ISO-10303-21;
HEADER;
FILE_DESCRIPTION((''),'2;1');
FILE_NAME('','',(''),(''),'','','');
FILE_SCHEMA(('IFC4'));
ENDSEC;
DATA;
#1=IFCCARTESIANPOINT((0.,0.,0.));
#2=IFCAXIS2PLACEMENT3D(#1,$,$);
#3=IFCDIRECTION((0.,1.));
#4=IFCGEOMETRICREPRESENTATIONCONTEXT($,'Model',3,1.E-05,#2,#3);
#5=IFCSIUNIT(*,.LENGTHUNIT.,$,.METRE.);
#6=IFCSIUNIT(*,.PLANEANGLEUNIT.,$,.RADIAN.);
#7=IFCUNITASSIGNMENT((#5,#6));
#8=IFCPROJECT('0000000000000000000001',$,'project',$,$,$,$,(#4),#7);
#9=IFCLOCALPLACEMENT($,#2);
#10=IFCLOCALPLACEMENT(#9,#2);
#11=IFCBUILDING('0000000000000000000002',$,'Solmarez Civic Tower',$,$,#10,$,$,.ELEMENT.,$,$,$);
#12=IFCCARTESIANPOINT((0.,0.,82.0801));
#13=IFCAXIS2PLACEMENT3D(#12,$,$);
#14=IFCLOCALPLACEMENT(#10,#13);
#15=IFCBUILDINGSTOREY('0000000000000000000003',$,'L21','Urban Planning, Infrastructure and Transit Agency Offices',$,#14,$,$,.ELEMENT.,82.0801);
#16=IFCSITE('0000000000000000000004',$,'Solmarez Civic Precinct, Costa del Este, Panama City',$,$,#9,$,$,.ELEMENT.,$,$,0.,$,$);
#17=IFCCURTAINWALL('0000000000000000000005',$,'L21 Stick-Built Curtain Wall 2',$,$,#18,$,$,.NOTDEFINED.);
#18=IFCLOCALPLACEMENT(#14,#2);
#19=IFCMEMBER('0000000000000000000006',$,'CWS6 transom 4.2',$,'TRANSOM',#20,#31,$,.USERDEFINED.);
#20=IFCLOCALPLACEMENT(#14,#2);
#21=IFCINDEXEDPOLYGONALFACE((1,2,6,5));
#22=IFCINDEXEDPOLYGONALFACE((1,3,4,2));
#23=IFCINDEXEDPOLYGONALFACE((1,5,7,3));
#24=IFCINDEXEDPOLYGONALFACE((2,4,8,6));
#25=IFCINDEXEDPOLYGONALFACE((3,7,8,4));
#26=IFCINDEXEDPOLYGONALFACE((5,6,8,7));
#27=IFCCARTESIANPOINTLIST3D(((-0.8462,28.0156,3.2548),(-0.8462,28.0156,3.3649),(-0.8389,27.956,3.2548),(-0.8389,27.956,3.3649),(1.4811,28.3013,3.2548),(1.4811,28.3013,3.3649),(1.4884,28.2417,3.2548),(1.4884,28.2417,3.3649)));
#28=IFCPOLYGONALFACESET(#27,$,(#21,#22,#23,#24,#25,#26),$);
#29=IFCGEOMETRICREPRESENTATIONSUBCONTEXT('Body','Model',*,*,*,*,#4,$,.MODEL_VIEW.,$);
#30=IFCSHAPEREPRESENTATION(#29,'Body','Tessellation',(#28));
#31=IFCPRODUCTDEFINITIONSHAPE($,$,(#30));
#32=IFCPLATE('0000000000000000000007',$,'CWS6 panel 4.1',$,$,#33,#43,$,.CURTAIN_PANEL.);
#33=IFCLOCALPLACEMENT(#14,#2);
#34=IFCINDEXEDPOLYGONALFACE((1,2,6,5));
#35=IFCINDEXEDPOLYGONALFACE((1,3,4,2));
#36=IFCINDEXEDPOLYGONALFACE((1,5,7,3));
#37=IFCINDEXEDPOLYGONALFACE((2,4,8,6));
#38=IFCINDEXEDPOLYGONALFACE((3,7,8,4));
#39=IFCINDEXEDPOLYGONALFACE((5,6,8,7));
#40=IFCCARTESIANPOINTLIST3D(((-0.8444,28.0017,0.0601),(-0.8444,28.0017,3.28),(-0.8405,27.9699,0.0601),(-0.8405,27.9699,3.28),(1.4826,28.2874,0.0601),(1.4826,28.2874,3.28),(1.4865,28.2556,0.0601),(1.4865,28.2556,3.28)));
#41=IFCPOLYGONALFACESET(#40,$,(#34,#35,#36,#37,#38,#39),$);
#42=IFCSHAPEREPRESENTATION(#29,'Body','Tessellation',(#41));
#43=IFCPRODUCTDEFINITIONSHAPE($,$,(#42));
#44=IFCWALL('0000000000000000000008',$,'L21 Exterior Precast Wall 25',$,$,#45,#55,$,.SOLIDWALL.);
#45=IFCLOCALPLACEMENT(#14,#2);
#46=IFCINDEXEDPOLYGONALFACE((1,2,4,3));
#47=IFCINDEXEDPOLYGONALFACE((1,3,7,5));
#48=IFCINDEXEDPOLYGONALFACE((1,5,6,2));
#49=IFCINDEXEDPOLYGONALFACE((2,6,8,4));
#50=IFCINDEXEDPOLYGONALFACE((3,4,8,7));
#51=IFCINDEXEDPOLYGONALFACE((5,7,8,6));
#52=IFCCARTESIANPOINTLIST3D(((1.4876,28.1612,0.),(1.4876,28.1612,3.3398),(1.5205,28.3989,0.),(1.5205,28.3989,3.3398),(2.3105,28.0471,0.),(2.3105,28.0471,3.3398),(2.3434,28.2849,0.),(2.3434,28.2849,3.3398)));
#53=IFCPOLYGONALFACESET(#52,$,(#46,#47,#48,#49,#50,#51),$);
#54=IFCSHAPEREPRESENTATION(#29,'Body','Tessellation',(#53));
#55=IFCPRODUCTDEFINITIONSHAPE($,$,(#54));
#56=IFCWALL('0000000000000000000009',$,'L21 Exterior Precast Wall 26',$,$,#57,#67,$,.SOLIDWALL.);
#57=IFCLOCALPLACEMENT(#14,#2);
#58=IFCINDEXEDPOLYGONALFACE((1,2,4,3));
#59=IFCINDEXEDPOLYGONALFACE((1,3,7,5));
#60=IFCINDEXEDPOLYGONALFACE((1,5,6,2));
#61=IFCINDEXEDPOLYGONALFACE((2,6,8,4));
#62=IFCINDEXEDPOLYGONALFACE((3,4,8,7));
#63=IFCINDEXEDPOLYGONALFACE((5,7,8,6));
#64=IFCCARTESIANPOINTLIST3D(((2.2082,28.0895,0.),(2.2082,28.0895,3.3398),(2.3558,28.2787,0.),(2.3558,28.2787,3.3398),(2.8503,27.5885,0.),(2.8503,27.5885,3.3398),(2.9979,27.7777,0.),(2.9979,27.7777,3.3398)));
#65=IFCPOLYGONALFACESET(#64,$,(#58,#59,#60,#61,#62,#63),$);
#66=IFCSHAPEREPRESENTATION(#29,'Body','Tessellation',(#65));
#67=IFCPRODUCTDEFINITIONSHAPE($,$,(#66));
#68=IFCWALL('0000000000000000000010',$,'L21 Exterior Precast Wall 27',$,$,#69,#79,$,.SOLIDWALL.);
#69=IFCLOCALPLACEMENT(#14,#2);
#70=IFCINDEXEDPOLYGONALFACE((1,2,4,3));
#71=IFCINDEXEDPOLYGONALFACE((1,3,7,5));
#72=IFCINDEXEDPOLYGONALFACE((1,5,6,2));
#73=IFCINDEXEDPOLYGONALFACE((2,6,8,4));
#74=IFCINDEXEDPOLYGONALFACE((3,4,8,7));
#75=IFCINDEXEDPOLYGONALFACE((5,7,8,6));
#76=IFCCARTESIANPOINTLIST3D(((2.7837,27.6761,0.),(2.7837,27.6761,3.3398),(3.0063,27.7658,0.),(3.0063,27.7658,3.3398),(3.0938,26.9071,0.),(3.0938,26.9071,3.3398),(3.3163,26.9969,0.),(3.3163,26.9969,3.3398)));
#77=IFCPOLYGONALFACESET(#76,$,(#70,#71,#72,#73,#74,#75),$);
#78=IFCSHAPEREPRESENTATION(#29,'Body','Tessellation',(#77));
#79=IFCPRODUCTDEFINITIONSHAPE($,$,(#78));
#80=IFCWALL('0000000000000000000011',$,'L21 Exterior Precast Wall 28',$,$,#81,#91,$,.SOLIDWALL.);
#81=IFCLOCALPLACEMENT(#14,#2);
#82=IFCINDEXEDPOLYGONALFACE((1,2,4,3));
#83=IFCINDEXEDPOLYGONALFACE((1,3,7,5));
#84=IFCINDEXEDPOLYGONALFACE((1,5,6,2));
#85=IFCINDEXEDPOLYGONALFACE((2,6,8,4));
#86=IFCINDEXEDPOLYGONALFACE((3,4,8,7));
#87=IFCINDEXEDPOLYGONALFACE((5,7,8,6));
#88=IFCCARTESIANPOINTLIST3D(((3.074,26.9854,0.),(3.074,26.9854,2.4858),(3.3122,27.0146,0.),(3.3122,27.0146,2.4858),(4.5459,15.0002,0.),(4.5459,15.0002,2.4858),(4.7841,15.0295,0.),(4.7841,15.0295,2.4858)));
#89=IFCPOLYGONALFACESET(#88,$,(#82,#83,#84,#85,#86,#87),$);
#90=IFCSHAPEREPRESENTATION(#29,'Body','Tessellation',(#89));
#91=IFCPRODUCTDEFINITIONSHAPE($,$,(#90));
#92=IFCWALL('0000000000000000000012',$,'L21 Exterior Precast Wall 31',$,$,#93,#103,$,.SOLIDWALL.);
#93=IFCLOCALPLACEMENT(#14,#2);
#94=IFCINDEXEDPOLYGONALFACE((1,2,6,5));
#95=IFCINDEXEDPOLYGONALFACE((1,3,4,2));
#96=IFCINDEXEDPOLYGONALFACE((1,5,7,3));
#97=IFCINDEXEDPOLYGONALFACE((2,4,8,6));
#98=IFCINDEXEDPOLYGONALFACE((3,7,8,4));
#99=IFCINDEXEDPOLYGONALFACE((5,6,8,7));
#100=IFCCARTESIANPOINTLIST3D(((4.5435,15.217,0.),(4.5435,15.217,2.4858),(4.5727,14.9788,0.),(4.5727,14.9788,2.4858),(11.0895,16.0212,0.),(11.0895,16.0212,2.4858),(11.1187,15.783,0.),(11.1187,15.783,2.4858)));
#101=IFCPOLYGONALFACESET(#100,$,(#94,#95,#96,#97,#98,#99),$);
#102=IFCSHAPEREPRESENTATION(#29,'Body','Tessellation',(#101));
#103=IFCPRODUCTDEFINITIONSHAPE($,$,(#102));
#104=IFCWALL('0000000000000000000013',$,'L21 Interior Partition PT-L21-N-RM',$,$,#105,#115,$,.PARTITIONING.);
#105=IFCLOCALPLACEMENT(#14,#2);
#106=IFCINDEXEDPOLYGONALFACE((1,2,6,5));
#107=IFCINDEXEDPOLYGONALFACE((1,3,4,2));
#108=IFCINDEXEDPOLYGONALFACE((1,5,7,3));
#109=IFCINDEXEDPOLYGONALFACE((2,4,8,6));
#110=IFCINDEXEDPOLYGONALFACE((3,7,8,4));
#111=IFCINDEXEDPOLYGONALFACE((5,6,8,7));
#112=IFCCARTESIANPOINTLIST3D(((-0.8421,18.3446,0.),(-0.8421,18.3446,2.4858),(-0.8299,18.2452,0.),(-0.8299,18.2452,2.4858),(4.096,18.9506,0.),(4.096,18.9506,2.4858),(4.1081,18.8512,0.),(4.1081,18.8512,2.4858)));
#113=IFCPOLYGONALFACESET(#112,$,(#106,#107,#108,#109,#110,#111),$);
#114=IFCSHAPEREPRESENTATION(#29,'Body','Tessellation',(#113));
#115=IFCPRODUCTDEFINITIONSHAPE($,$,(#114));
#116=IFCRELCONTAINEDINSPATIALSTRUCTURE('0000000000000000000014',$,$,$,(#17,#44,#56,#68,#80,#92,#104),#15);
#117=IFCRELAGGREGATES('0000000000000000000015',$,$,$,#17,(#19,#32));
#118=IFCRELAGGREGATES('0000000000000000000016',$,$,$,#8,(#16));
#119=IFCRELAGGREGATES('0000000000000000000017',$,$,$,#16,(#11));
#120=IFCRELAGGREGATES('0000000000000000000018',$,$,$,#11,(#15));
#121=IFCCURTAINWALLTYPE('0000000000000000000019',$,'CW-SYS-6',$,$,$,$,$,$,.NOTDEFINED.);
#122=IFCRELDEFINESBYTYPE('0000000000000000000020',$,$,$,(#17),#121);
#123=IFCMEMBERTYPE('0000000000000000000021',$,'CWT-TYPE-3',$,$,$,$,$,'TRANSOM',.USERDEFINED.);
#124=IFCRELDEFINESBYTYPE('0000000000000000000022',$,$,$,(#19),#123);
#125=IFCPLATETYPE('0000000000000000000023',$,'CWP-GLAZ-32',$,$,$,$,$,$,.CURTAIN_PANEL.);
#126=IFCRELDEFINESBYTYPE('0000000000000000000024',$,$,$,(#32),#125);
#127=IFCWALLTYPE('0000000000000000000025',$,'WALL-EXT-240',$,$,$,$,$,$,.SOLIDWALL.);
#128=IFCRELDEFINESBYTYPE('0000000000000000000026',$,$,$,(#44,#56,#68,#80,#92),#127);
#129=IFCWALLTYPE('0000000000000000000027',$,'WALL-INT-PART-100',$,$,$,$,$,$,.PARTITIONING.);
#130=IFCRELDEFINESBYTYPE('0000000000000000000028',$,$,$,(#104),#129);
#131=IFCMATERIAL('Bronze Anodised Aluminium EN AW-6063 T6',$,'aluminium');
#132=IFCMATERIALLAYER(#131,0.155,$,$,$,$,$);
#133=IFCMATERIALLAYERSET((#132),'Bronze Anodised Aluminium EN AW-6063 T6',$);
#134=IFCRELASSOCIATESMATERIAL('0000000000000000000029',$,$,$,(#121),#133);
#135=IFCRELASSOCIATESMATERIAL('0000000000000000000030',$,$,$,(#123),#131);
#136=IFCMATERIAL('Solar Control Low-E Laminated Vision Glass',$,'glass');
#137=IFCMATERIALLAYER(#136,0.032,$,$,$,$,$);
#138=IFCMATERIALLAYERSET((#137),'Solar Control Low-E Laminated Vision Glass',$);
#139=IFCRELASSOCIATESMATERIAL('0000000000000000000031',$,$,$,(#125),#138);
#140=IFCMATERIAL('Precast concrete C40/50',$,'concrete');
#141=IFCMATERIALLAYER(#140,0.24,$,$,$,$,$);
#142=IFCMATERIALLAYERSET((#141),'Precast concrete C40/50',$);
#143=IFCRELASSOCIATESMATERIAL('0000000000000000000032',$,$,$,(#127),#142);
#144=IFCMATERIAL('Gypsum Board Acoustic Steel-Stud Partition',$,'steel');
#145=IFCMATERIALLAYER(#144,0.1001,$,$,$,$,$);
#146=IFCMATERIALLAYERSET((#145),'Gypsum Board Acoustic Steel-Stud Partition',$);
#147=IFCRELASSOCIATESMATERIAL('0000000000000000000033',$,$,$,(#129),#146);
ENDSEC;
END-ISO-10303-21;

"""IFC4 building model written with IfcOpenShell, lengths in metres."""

from ifc_helpers import new_model, si_unit, direction, frame, frame_2d, origin, origin_2d, place, context, subcontext, project, spatial, rectangle, extrude, material, layer, layer_set, material_profile, profile_set, type_object, element, aggregate, save


model = new_model("IFC4")

# Units and contexts
model_context = context("Model", 3, precision=1e-05, world=origin(), true_north=direction((0.0, 1.0)))
body_context = subcontext(model_context, "Body", "Model", "MODEL_VIEW")
ifc_project = project(units=[si_unit("LENGTHUNIT", "METRE"), si_unit("PLANEANGLEUNIT", "RADIAN")], contexts=[model_context])

# Site, building, storey
site_placement = place(None, origin())
site = spatial("IfcSite", under=ifc_project, at=site_placement, Name="Solmarez Civic Precinct, Costa del Este, Panama City", CompositionType="ELEMENT", RefElevation=0.0)
building_placement = place(site_placement, origin())
building = spatial("IfcBuilding", under=site, at=building_placement, Name="Solmarez Civic Tower", CompositionType="ELEMENT")
storey_placement = place(building_placement, frame((0.0, 0.0, 82.0801)))
storey = spatial("IfcBuildingStorey", under=building, at=storey_placement, Name="L21", Description="Urban Planning, Infrastructure and Transit Agency Offices", CompositionType="ELEMENT", Elevation=82.0801)

# Curtain wall, member, plate
ifc_material_1 = material(Name="Bronze Anodised Aluminium EN AW-6063 T6", Category="aluminium")
ifc_layer_1 = layer(ifc_material_1, 0.155)
ifc_layer_set_1 = layer_set([ifc_layer_1], Name="Bronze Anodised Aluminium EN AW-6063 T6")
curtain_wall_type = type_object("IfcCurtainWallType", Name="CW-SYS-6", PredefinedType="NOTDEFINED", material=ifc_layer_set_1)
curtain_wall_placement = place(storey_placement, origin())
curtain_wall = element("IfcCurtainWall", 1, at=curtain_wall_placement, inside=storey, type_object=curtain_wall_type, Name="L21 Stick-Built Curtain Wall 2", PredefinedType="NOTDEFINED")
ifc_material_profile_1 = material_profile(ifc_material_1, rectangle(XDim=0.0601, YDim=0.1101, at=origin_2d()), Name="CWT-60X110")
ifc_profile_set_1 = profile_set([ifc_material_profile_1], Name="Bronze Anodised Aluminium EN AW-6063 T6")
member_type_1 = type_object("IfcMemberType", Name="CWT-TYPE-3", ElementType="TRANSOM", PredefinedType="USERDEFINED", material=ifc_profile_set_1)
member_1_placement = place(storey_placement, frame((-0.8425, 27.9858, 3.3098), z_axis=(0.992551, 0.12183, 0.0), x_axis=(-0.12183, 0.992551, 0.0)))
member_1 = element("IfcMember", 2, at=member_1_placement, type_object=member_type_1, Name="CWS6 transom 4.2", ObjectType="TRANSOM", PredefinedType="USERDEFINED", context=body_context, shape_type="SweptSolid", body=[
    extrude(rectangle(XDim=0.0601, YDim=0.1101, at=origin_2d()), origin(), (0.0, 0.0, 1.0), 2.3447),
])
ifc_material_2 = material(Name="Solar Control Low-E Laminated Vision Glass", Category="glass")
ifc_layer_2 = layer(ifc_material_2, 0.032)
ifc_layer_set_2 = layer_set([ifc_layer_2], Name="Solar Control Low-E Laminated Vision Glass")
plate_type = type_object("IfcPlateType", Name="CWP-GLAZ-32", PredefinedType="CURTAIN_PANEL", material=ifc_layer_set_2)
plate_placement = place(storey_placement, frame((0.321, 28.1287, 0.0601), z_axis=(0.0, 0.0, 1.0), x_axis=(0.992547, 0.121861, 0.0)))
plate = element("IfcPlate", 3, at=plate_placement, type_object=plate_type, Name="CWS6 panel 4.1", PredefinedType="CURTAIN_PANEL", context=body_context, shape_type="SweptSolid", body=[
    extrude(rectangle(XDim=2.3445, YDim=0.032, at=origin_2d()), origin(), (0.0, 0.0, 1.0), 3.22),
])
aggregate(curtain_wall, [member_1, plate])

# Walls
ifc_material_3 = material(Name="Precast concrete C40/50", Category="concrete")
ifc_layer_3 = layer(ifc_material_3, 0.24)
ifc_layer_set_3 = layer_set([ifc_layer_3], Name="Precast concrete C40/50")
wall_type_1 = type_object("IfcWallType", Name="WALL-EXT-240", PredefinedType="SOLIDWALL", material=ifc_layer_set_3)
wall_1_placement = place(storey_placement, frame((1.5039, 28.28, 0.0), z_axis=(0.0, 0.0, 1.0), x_axis=(0.99054, -0.137224, 0.0)))
element("IfcWall", 4, at=wall_1_placement, inside=storey, type_object=wall_type_1, Name="L21 Exterior Precast Wall 25", PredefinedType="SOLIDWALL", context=body_context, shape_type="SweptSolid", body=[
    extrude(rectangle(XDim=0.8308, YDim=0.24, at=frame_2d((0.4155, 0.0))), origin(), (0.0, 0.0, 1.0), 3.3398),
])
wall_2_placement = place(storey_placement, frame((2.282, 28.1841, 0.0), z_axis=(0.0, 0.0, 1.0), x_axis=(0.788415, -0.615144, 0.0)))
element("IfcWall", 5, at=wall_2_placement, inside=storey, type_object=wall_type_1, Name="L21 Exterior Precast Wall 26", PredefinedType="SOLIDWALL", context=body_context, shape_type="SweptSolid", body=[
    extrude(rectangle(XDim=0.8145, YDim=0.24, at=frame_2d((0.4072, 0.0))), origin(), (0.0, 0.0, 1.0), 3.3398),
])
wall_3_placement = place(storey_placement, frame((2.895, 27.7209, 0.0), z_axis=(0.0, 0.0, 1.0), x_axis=(0.373927, -0.927458, 0.0)))
element("IfcWall", 6, at=wall_3_placement, inside=storey, type_object=wall_type_1, Name="L21 Exterior Precast Wall 27", PredefinedType="SOLIDWALL", context=body_context, shape_type="SweptSolid", body=[
    extrude(rectangle(XDim=0.8291, YDim=0.24, at=frame_2d((0.4146, 0.0))), origin(), (0.0, 0.0, 1.0), 3.3398),
])
wall_4_placement = place(storey_placement, frame((3.1931, 27.0, 0.0), z_axis=(0.0, 0.0, 1.0), x_axis=(0.121897, -0.992543, 0.0)))
element("IfcWall", 7, at=wall_4_placement, inside=storey, type_object=wall_type_1, Name="L21 Exterior Precast Wall 28", PredefinedType="SOLIDWALL", context=body_context, shape_type="SweptSolid", body=[
    extrude(rectangle(XDim=12.0752, YDim=0.24, at=frame_2d((6.0376, 0.0))), origin(), (0.0, 0.0, 1.0), 2.4858),
])
wall_5_placement = place(storey_placement, frame((4.5581, 15.0979, 0.0), z_axis=(0.0, 0.0, 1.0), x_axis=(0.992538, 0.121939, 0.0)))
element("IfcWall", 8, at=wall_5_placement, inside=storey, type_object=wall_type_1, Name="L21 Exterior Precast Wall 31", PredefinedType="SOLIDWALL", context=body_context, shape_type="SweptSolid", body=[
    extrude(rectangle(XDim=6.5952, YDim=0.24, at=frame_2d((3.2976, 0.0))), origin(), (0.0, 0.0, 1.0), 2.4858),
])
ifc_material_4 = material(Name="Gypsum Board Acoustic Steel-Stud Partition", Category="steel")
ifc_layer_4 = layer(ifc_material_4, 0.1001)
ifc_layer_set_4 = layer_set([ifc_layer_4], Name="Gypsum Board Acoustic Steel-Stud Partition")
wall_type_2 = type_object("IfcWallType", Name="WALL-INT-PART-100", PredefinedType="PARTITIONING", material=ifc_layer_set_4)
wall_6_placement = place(storey_placement, frame((4.1021, 18.9009, 0.0), z_axis=(0.0, 0.0, 1.0), x_axis=(-0.992555, -0.1218, 0.0)))
element("IfcWall", 9, at=wall_6_placement, inside=storey, type_object=wall_type_2, Name="L21 Interior Partition PT-L21-N-RM", PredefinedType="PARTITIONING", context=body_context, shape_type="SweptSolid", body=[
    extrude(rectangle(XDim=4.9751, YDim=0.1001, at=frame_2d((2.4875, 0.0))), origin(), (0.0, 0.0, 1.0), 2.4858),
])

save(model, "model.ifc")
